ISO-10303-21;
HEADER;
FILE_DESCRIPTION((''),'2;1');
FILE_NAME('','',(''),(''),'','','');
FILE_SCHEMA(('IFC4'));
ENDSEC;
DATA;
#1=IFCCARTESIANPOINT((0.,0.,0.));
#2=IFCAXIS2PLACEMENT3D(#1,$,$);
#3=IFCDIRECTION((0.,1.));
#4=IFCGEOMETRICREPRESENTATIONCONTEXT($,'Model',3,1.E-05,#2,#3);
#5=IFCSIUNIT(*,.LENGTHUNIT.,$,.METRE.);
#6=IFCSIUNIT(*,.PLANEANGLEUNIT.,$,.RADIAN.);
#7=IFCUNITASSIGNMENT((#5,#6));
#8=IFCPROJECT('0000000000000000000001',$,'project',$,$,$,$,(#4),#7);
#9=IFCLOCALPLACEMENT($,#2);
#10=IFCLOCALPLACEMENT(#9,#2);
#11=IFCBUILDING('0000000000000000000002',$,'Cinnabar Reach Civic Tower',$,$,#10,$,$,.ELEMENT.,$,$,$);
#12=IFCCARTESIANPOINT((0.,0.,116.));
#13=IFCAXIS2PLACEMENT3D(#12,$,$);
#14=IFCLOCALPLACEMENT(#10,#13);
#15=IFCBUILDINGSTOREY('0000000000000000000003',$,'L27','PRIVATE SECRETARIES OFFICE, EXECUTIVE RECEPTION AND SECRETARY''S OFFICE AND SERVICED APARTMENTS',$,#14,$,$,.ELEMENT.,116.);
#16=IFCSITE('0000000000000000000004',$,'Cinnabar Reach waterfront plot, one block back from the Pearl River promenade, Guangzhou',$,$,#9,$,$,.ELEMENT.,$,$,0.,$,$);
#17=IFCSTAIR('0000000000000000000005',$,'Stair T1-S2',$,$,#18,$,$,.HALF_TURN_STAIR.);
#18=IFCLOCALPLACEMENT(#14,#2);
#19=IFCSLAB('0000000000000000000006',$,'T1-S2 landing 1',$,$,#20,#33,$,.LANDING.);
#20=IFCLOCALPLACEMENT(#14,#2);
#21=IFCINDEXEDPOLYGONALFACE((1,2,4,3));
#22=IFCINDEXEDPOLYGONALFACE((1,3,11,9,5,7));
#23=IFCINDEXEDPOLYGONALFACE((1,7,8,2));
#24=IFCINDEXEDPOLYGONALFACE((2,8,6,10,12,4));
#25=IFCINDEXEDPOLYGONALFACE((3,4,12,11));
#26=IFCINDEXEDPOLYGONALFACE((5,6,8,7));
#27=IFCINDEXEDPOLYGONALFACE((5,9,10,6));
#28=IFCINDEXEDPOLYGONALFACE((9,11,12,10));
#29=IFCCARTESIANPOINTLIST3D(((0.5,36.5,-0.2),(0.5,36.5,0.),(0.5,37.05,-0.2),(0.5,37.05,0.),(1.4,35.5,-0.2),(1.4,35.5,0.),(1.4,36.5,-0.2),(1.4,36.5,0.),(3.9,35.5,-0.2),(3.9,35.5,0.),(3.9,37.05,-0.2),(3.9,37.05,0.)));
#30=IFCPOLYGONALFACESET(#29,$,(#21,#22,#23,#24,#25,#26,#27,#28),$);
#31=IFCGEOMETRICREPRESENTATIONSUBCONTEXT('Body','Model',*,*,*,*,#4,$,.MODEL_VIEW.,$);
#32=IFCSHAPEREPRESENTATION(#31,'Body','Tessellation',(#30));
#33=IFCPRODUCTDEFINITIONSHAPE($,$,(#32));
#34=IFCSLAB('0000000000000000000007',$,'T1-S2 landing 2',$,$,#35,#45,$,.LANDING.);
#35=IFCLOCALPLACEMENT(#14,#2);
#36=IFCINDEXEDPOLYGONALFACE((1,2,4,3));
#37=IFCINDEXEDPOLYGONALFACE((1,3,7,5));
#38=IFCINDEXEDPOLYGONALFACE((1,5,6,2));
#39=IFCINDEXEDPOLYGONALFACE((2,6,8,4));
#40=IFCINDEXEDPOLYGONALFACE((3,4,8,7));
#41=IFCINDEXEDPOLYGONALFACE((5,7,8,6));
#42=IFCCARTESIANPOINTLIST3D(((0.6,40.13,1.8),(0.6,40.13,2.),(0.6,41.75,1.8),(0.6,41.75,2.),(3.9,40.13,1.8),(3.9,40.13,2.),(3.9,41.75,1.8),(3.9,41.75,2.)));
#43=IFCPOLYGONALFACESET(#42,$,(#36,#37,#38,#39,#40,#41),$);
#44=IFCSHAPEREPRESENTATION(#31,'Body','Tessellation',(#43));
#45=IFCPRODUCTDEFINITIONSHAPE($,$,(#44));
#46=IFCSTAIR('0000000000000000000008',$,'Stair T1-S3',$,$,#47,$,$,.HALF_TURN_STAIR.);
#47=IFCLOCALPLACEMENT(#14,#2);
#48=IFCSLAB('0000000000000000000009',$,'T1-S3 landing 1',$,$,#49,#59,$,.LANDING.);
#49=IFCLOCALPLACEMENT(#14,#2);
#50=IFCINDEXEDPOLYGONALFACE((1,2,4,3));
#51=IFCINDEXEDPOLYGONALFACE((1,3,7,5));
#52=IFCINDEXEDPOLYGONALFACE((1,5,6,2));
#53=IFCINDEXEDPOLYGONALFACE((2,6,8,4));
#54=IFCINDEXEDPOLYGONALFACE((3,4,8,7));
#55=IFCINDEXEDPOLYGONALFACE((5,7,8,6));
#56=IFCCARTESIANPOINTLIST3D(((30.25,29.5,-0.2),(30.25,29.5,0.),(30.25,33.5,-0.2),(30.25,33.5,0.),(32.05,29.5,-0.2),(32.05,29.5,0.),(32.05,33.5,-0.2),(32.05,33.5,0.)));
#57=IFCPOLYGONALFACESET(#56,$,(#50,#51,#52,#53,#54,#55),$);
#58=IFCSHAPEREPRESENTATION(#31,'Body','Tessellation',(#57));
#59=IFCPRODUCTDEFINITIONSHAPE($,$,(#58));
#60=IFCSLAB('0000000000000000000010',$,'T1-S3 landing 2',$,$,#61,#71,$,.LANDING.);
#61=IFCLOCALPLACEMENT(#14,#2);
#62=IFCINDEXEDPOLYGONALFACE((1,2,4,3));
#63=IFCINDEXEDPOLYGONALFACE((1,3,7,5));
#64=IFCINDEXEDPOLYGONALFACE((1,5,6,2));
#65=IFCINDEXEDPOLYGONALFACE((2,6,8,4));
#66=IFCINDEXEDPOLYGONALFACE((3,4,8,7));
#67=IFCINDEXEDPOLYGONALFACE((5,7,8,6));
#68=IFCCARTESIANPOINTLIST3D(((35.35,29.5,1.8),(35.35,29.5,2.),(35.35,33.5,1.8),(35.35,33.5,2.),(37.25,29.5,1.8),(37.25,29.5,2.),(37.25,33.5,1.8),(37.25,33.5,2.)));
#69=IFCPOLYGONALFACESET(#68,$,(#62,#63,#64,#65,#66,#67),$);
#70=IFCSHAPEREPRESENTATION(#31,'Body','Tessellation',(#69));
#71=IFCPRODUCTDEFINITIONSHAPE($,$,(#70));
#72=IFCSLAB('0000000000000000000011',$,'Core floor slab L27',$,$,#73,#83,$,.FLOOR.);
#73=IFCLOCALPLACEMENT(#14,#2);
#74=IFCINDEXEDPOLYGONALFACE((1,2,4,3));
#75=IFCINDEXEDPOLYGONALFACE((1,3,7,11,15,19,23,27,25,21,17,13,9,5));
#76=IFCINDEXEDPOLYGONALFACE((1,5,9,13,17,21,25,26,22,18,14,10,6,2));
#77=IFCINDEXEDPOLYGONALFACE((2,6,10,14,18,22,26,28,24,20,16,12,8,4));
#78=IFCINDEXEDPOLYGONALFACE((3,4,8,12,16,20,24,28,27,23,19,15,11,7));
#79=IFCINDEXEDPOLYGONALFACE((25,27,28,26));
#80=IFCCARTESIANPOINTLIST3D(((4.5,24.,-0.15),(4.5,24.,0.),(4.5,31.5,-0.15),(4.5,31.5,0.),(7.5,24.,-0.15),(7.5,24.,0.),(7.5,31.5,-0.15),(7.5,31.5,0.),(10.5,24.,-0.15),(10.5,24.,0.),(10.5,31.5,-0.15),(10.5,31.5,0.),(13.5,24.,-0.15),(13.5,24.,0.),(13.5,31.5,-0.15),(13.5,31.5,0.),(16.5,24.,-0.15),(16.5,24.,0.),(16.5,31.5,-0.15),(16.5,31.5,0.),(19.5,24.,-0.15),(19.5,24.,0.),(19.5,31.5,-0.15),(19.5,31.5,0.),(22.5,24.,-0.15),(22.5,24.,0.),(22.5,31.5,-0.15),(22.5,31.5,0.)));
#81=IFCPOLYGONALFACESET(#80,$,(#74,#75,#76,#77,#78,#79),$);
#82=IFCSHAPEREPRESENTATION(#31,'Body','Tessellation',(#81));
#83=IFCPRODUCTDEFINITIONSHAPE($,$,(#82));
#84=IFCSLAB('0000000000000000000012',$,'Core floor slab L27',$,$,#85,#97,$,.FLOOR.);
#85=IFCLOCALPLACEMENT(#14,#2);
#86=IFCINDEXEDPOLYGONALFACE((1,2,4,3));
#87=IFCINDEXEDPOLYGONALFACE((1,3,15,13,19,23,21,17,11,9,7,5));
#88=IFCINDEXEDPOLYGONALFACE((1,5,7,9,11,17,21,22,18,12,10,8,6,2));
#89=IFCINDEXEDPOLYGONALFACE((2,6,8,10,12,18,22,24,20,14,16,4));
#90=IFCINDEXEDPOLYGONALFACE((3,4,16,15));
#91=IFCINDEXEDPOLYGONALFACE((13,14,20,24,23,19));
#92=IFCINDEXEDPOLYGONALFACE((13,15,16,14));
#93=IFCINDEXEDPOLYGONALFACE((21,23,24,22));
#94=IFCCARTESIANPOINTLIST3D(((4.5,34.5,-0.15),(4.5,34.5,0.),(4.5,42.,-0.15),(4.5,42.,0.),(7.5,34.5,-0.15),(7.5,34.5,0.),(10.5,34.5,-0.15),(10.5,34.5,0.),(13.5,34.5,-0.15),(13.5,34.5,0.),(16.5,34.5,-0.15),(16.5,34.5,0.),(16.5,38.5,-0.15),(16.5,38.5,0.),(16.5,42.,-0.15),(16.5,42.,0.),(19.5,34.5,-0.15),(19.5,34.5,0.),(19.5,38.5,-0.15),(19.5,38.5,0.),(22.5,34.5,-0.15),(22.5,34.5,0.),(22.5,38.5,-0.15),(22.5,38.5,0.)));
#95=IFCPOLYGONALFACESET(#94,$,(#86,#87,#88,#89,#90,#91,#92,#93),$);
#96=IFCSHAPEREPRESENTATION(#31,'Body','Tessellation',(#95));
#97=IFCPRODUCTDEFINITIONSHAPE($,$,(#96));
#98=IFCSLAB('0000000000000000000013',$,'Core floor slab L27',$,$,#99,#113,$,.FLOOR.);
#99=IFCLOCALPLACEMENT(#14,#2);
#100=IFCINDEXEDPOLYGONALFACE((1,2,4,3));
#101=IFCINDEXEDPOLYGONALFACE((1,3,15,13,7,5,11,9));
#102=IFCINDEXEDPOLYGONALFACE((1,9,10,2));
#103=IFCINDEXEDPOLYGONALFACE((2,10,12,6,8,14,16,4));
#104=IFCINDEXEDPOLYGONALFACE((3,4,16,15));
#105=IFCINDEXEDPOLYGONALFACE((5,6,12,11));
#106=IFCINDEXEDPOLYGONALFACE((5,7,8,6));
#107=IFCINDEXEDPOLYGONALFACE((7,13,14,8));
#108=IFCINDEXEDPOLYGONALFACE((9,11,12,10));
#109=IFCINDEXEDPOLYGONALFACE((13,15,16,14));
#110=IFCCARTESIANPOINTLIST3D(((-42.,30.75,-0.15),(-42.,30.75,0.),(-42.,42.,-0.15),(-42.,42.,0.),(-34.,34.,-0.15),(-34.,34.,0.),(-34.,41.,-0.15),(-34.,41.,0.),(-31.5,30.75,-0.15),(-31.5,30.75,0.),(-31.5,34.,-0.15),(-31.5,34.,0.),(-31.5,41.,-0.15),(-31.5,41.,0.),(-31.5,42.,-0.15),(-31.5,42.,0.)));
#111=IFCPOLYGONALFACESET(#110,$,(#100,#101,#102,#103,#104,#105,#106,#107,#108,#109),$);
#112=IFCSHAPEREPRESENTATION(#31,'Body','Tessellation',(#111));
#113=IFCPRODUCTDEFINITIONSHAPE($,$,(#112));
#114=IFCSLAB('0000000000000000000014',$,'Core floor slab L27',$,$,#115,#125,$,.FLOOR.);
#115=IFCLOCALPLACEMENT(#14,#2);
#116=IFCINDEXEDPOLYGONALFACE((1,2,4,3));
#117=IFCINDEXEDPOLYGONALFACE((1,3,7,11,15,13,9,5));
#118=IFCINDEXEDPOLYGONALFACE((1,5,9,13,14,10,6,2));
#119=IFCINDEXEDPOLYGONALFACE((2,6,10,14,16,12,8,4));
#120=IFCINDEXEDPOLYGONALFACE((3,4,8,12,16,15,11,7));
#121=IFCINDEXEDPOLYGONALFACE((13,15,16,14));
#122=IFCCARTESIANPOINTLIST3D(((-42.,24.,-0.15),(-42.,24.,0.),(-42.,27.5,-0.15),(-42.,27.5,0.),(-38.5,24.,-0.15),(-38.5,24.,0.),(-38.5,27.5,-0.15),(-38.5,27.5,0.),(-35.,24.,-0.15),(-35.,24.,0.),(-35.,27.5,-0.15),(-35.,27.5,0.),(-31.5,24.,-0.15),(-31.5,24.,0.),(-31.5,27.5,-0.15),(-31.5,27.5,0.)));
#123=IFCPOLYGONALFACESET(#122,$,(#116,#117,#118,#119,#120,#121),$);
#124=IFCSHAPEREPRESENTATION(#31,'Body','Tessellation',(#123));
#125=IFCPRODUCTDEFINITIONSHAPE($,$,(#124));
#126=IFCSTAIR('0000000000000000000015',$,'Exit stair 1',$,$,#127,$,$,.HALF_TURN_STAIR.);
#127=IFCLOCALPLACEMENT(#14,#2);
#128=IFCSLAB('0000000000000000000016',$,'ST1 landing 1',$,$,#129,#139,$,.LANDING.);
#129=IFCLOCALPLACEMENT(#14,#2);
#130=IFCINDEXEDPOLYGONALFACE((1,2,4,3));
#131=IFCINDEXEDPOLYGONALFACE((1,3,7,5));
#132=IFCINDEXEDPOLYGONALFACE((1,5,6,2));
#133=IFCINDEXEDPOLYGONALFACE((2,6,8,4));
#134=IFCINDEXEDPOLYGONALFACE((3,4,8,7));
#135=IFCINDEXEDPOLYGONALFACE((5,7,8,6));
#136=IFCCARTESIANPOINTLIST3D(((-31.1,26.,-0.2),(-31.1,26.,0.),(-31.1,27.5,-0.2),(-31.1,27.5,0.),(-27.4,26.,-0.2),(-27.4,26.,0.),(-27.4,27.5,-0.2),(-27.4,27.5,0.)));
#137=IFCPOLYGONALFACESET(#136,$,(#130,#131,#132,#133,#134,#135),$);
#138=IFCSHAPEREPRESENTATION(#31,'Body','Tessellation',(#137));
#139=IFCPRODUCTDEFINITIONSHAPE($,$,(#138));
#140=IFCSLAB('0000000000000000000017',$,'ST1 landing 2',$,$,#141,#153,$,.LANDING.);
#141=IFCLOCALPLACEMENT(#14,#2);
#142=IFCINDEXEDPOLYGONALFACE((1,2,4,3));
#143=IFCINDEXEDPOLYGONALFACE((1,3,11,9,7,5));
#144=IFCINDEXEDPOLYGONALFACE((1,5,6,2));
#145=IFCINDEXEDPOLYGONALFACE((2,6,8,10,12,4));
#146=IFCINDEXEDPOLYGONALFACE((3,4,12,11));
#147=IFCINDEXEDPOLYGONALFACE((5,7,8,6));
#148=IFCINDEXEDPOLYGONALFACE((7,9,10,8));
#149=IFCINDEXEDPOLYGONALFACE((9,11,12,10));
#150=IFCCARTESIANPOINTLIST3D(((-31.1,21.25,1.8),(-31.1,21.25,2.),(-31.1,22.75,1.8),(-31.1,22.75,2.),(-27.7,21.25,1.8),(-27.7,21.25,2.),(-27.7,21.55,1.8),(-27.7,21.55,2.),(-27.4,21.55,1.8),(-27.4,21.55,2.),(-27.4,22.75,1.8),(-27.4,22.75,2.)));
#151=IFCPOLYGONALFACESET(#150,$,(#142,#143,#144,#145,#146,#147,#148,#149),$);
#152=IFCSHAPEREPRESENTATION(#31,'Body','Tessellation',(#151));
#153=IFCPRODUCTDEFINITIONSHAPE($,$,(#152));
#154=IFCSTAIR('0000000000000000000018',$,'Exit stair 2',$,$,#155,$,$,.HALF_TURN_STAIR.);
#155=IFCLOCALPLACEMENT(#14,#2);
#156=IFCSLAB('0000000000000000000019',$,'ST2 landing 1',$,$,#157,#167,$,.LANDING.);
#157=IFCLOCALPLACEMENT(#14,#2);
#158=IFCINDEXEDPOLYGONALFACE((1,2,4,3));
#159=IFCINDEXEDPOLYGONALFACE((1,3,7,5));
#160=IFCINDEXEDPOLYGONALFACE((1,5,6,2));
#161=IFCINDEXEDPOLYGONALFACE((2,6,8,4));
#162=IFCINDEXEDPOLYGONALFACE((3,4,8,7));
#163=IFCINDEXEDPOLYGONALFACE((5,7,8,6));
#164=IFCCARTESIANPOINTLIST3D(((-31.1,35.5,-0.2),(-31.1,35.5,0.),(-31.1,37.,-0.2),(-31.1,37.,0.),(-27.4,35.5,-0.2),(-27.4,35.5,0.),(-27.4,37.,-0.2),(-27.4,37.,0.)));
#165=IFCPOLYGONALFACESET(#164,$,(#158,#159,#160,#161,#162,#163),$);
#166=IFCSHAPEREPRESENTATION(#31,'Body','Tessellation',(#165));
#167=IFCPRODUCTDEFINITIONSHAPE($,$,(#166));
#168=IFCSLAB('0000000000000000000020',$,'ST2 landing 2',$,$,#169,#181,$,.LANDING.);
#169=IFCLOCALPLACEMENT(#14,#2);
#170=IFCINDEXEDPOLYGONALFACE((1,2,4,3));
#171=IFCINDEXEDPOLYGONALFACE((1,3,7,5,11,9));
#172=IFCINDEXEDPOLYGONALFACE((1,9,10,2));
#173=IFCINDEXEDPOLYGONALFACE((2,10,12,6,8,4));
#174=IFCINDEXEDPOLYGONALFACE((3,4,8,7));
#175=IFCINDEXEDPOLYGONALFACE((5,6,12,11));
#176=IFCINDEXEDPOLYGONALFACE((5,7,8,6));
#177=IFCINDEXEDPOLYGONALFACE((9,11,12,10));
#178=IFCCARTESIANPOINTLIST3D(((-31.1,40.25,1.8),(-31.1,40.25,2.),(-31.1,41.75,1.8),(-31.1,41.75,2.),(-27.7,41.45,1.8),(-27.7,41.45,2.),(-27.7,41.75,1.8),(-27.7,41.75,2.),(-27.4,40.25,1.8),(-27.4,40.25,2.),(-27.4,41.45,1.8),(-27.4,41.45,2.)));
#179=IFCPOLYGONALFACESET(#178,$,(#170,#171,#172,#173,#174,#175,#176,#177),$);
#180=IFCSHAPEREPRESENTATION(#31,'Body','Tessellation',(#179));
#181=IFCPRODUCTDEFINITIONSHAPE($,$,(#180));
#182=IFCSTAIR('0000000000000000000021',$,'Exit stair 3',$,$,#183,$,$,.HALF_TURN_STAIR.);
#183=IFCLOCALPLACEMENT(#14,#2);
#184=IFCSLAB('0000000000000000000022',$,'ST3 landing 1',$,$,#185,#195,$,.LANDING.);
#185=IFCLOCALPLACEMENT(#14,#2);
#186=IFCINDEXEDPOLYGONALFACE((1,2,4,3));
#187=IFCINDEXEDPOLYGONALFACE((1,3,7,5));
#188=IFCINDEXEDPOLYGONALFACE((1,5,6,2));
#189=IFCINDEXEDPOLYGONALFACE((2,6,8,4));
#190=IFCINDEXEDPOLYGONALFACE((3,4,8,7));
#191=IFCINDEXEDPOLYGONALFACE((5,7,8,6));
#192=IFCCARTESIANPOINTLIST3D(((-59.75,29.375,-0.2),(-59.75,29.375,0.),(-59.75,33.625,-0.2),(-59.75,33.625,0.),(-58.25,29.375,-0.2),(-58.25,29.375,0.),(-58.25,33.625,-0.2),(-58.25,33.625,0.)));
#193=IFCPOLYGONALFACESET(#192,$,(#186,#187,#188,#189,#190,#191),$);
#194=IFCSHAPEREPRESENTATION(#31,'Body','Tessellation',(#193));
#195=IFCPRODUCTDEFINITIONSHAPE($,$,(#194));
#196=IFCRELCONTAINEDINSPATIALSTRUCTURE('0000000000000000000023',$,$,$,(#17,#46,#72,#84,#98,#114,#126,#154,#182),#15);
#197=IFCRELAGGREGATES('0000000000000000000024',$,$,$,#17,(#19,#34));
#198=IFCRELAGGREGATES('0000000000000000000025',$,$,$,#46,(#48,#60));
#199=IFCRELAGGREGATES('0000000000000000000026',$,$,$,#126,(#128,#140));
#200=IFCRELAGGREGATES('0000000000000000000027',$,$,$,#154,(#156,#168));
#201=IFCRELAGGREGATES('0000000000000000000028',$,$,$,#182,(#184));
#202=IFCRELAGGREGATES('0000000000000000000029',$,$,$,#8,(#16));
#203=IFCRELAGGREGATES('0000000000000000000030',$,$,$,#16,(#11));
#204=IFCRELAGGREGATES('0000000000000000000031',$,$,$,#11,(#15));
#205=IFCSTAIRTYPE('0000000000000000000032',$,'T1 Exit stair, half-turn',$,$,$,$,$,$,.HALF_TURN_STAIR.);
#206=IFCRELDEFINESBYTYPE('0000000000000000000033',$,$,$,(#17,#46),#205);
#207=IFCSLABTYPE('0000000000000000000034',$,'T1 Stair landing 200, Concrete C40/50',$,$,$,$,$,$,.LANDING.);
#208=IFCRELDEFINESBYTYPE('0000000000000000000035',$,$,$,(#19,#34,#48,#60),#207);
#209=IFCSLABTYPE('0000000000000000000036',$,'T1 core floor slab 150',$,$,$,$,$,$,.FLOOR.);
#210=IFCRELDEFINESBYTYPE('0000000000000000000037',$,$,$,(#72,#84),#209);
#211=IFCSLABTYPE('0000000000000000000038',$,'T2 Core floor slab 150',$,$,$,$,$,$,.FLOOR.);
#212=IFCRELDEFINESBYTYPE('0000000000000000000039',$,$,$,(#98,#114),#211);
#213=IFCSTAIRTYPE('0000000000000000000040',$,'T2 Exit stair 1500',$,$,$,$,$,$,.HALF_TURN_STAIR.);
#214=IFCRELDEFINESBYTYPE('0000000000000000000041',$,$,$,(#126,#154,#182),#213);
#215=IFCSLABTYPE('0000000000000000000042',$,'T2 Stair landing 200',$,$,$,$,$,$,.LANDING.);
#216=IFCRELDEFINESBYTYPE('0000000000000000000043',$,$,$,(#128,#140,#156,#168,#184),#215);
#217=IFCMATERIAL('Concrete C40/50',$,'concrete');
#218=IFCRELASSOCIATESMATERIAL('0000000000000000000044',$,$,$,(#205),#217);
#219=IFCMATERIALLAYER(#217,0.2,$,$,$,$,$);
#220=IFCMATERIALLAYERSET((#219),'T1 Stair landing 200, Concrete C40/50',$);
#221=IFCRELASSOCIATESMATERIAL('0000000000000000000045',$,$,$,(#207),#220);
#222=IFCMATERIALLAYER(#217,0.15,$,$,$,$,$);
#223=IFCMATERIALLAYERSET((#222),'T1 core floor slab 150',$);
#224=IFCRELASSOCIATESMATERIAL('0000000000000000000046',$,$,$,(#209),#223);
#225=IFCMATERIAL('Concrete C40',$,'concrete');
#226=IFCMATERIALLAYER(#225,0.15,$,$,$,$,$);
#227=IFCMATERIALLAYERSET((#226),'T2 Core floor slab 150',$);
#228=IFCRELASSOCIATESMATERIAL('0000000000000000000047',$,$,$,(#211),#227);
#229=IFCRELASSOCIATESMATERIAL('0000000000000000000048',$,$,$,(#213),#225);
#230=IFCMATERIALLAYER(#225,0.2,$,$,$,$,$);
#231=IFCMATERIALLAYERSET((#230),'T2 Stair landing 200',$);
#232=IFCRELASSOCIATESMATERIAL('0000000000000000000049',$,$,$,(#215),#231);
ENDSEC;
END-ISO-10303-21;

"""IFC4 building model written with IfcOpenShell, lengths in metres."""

from ifc_helpers import new_model, si_unit, direction, frame, origin, place, context, subcontext, project, spatial, polyline, outline, extrude, material, layer, layer_set, type_object, element, aggregate, save


model = new_model("IFC4")

# Units and contexts
model_context = context("Model", 3, precision=1e-05, world=origin(), true_north=direction((0.0, 1.0)))
body_context = subcontext(model_context, "Body", "Model", "MODEL_VIEW")
ifc_project = project(units=[si_unit("LENGTHUNIT", "METRE"), si_unit("PLANEANGLEUNIT", "RADIAN")], contexts=[model_context])

# Site, building, storey
site_placement = place(None, origin())
site = spatial("IfcSite", under=ifc_project, at=site_placement, Name="Cinnabar Reach waterfront plot, one block back from the Pearl River promenade, Guangzhou", CompositionType="ELEMENT", RefElevation=0.0)
building_placement = place(site_placement, origin())
building = spatial("IfcBuilding", under=site, at=building_placement, Name="Cinnabar Reach Civic Tower", CompositionType="ELEMENT")
storey_placement = place(building_placement, frame((0.0, 0.0, 116.0)))
storey = spatial("IfcBuildingStorey", under=building, at=storey_placement, Name="L27", Description="PRIVATE SECRETARIES OFFICE, EXECUTIVE RECEPTION AND SECRETARY'S OFFICE AND SERVICED APARTMENTS", CompositionType="ELEMENT", Elevation=116.0)

# Shared definitions
ifc_material_1 = material(Name="Concrete C40", Category="concrete")

# Stairs, slabs
ifc_material_2 = material(Name="Concrete C40/50", Category="concrete")
stair_type_1 = type_object("IfcStairType", Name="T1 Exit stair, half-turn", PredefinedType="HALF_TURN_STAIR", material=ifc_material_2)
ifc_layer_1 = layer(ifc_material_2, 0.2)
ifc_layer_set_1 = layer_set([ifc_layer_1], Name="T1 Stair landing 200, Concrete C40/50")
slab_type_1 = type_object("IfcSlabType", Name="T1 Stair landing 200, Concrete C40/50", PredefinedType="LANDING", material=ifc_layer_set_1)
stair_1_placement = place(storey_placement, origin())
stair_1 = element("IfcStair", 1, at=stair_1_placement, inside=storey, type_object=stair_type_1, Name="Stair T1-S2", PredefinedType="HALF_TURN_STAIR")
slab_1_placement = place(storey_placement, frame((0.0, 0.0, -0.2)))
slab_1 = element("IfcSlab", 2, at=slab_1_placement, type_object=slab_type_1, Name="T1-S2 landing 1", PredefinedType="LANDING", context=body_context, shape_type="SweptSolid", body=[
    extrude(outline(polyline([(0.5, 37.05), (3.9, 37.05), (3.9, 35.5), (1.4, 35.5), (1.4, 36.5), (0.5, 36.5), (0.5, 37.05)])), origin(), (0.0, 0.0, 1.0), 0.2),
])
slab_2_placement = place(storey_placement, frame((0.0, 0.0, 1.8)))
slab_2 = element("IfcSlab", 3, at=slab_2_placement, type_object=slab_type_1, Name="T1-S2 landing 2", PredefinedType="LANDING", context=body_context, shape_type="SweptSolid", body=[
    extrude(outline(polyline([(0.6, 40.13), (0.6, 41.75), (3.9, 41.75), (3.9, 40.13), (0.6, 40.13)])), origin(), (0.0, 0.0, 1.0), 0.2),
])
aggregate(stair_1, [slab_1, slab_2])
stair_2_placement = place(storey_placement, origin())
stair_2 = element("IfcStair", 4, at=stair_2_placement, inside=storey, type_object=stair_type_1, Name="Stair T1-S3", PredefinedType="HALF_TURN_STAIR")
slab_3_placement = place(storey_placement, frame((0.0, 0.0, -0.2)))
slab_3 = element("IfcSlab", 5, at=slab_3_placement, type_object=slab_type_1, Name="T1-S3 landing 1", PredefinedType="LANDING", context=body_context, shape_type="SweptSolid", body=[
    extrude(outline(polyline([(30.25, 29.5), (32.05, 29.5), (32.05, 33.5), (30.25, 33.5), (30.25, 29.5)])), origin(), (0.0, 0.0, 1.0), 0.2),
])
slab_4_placement = place(storey_placement, frame((0.0, 0.0, 1.8)))
slab_4 = element("IfcSlab", 6, at=slab_4_placement, type_object=slab_type_1, Name="T1-S3 landing 2", PredefinedType="LANDING", context=body_context, shape_type="SweptSolid", body=[
    extrude(outline(polyline([(35.35, 29.5), (37.25, 29.5), (37.25, 33.5), (35.35, 33.5), (35.35, 29.5)])), origin(), (0.0, 0.0, 1.0), 0.2),
])
aggregate(stair_2, [slab_3, slab_4])

# Slabs
ifc_layer_2 = layer(ifc_material_2, 0.15)
ifc_layer_set_2 = layer_set([ifc_layer_2], Name="T1 core floor slab 150")
slab_type_2 = type_object("IfcSlabType", Name="T1 core floor slab 150", PredefinedType="FLOOR", material=ifc_layer_set_2)
slab_5_placement = place(storey_placement, frame((0.0, 0.0, -0.15)))
element("IfcSlab", 7, at=slab_5_placement, inside=storey, type_object=slab_type_2, Name="Core floor slab L27", PredefinedType="FLOOR", context=body_context, shape_type="SweptSolid", body=[
    extrude(outline(polyline([(22.5, 24.0), (19.5, 24.0), (16.5, 24.0), (13.5, 24.0), (10.5, 24.0), (7.5, 24.0), (4.5, 24.0), (4.5, 31.5), (7.5, 31.5), (10.5, 31.5), (13.5, 31.5), (16.5, 31.5), (19.5, 31.5), (22.5, 31.5), (22.5, 24.0)])), origin(), (0.0, 0.0, 1.0), 0.15),
])
slab_6_placement = place(storey_placement, frame((0.0, 0.0, -0.15)))
element("IfcSlab", 8, at=slab_6_placement, inside=storey, type_object=slab_type_2, Name="Core floor slab L27", PredefinedType="FLOOR", context=body_context, shape_type="SweptSolid", body=[
    extrude(outline(polyline([(22.5, 34.5), (19.5, 34.5), (16.5, 34.5), (13.5, 34.5), (10.5, 34.5), (7.5, 34.5), (4.5, 34.5), (4.5, 42.0), (16.5, 42.0), (16.5, 38.5), (19.5, 38.5), (22.5, 38.5), (22.5, 34.5)])), origin(), (0.0, 0.0, 1.0), 0.15),
])
ifc_layer_3 = layer(ifc_material_1, 0.15)
ifc_layer_set_3 = layer_set([ifc_layer_3], Name="T2 Core floor slab 150")
slab_type_3 = type_object("IfcSlabType", Name="T2 Core floor slab 150", PredefinedType="FLOOR", material=ifc_layer_set_3)
slab_7_placement = place(storey_placement, frame((0.0, 0.0, -0.15)))
element("IfcSlab", 9, at=slab_7_placement, inside=storey, type_object=slab_type_3, Name="Core floor slab L27", PredefinedType="FLOOR", context=body_context, shape_type="SweptSolid", body=[
    extrude(outline(polyline([(-42.0, 42.0), (-31.5, 42.0), (-31.5, 41.0), (-34.0, 41.0), (-34.0, 34.0), (-31.5, 34.0), (-31.5, 30.75), (-42.0, 30.75), (-42.0, 42.0)])), origin(), (0.0, 0.0, 1.0), 0.15),
])
slab_8_placement = place(storey_placement, frame((0.0, 0.0, -0.15)))
element("IfcSlab", 10, at=slab_8_placement, inside=storey, type_object=slab_type_3, Name="Core floor slab L27", PredefinedType="FLOOR", context=body_context, shape_type="SweptSolid", body=[
    extrude(outline(polyline([(-35.0, 24.0), (-38.5, 24.0), (-42.0, 24.0), (-42.0, 27.5), (-38.5, 27.5), (-35.0, 27.5), (-31.5, 27.5), (-31.5, 24.0), (-35.0, 24.0)])), origin(), (0.0, 0.0, 1.0), 0.15),
])

# Stairs, slabs
stair_type_2 = type_object("IfcStairType", Name="T2 Exit stair 1500", PredefinedType="HALF_TURN_STAIR", material=ifc_material_1)
stair_3_placement = place(storey_placement, origin())
stair_3 = element("IfcStair", 11, at=stair_3_placement, inside=storey, type_object=stair_type_2, Name="Exit stair 1", PredefinedType="HALF_TURN_STAIR")
ifc_layer_4 = layer(ifc_material_1, 0.2)
ifc_layer_set_4 = layer_set([ifc_layer_4], Name="T2 Stair landing 200")
slab_type_4 = type_object("IfcSlabType", Name="T2 Stair landing 200", PredefinedType="LANDING", material=ifc_layer_set_4)
slab_9_placement = place(storey_placement, frame((0.0, 0.0, -0.2)))
slab_9 = element("IfcSlab", 12, at=slab_9_placement, type_object=slab_type_4, Name="ST1 landing 1", PredefinedType="LANDING", context=body_context, shape_type="SweptSolid", body=[
    extrude(outline(polyline([(-31.1, 26.0), (-31.1, 27.5), (-27.4, 27.5), (-27.4, 26.0), (-31.1, 26.0)])), origin(), (0.0, 0.0, 1.0), 0.2),
])
slab_10_placement = place(storey_placement, frame((0.0, 0.0, 1.8)))
slab_10 = element("IfcSlab", 13, at=slab_10_placement, type_object=slab_type_4, Name="ST1 landing 2", PredefinedType="LANDING", context=body_context, shape_type="SweptSolid", body=[
    extrude(outline(polyline([(-31.1, 21.25), (-31.1, 22.75), (-27.4, 22.75), (-27.4, 21.55), (-27.7, 21.55), (-27.7, 21.25), (-31.1, 21.25)])), origin(), (0.0, 0.0, 1.0), 0.2),
])
aggregate(stair_3, [slab_9, slab_10])
stair_4_placement = place(storey_placement, origin())
stair_4 = element("IfcStair", 14, at=stair_4_placement, inside=storey, type_object=stair_type_2, Name="Exit stair 2", PredefinedType="HALF_TURN_STAIR")
slab_11_placement = place(storey_placement, frame((0.0, 0.0, -0.2)))
slab_11 = element("IfcSlab", 15, at=slab_11_placement, type_object=slab_type_4, Name="ST2 landing 1", PredefinedType="LANDING", context=body_context, shape_type="SweptSolid", body=[
    extrude(outline(polyline([(-31.1, 35.5), (-31.1, 37.0), (-27.4, 37.0), (-27.4, 35.5), (-31.1, 35.5)])), origin(), (0.0, 0.0, 1.0), 0.2),
])
slab_12_placement = place(storey_placement, frame((0.0, 0.0, 1.8)))
slab_12 = element("IfcSlab", 16, at=slab_12_placement, type_object=slab_type_4, Name="ST2 landing 2", PredefinedType="LANDING", context=body_context, shape_type="SweptSolid", body=[
    extrude(outline(polyline([(-27.4, 40.25), (-31.1, 40.25), (-31.1, 41.75), (-27.7, 41.75), (-27.7, 41.45), (-27.4, 41.45), (-27.4, 40.25)])), origin(), (0.0, 0.0, 1.0), 0.2),
])
aggregate(stair_4, [slab_11, slab_12])
stair_5_placement = place(storey_placement, origin())
stair_5 = element("IfcStair", 17, at=stair_5_placement, inside=storey, type_object=stair_type_2, Name="Exit stair 3", PredefinedType="HALF_TURN_STAIR")
slab_13_placement = place(storey_placement, frame((0.0, 0.0, -0.2)))
slab_13 = element("IfcSlab", 18, at=slab_13_placement, type_object=slab_type_4, Name="ST3 landing 1", PredefinedType="LANDING", context=body_context, shape_type="SweptSolid", body=[
    extrude(outline(polyline([(-59.75, 29.375), (-59.75, 33.625), (-58.25, 33.625), (-58.25, 29.375), (-59.75, 29.375)])), origin(), (0.0, 0.0, 1.0), 0.2),
])
aggregate(stair_5, [slab_13])

save(model, "model.ifc")
